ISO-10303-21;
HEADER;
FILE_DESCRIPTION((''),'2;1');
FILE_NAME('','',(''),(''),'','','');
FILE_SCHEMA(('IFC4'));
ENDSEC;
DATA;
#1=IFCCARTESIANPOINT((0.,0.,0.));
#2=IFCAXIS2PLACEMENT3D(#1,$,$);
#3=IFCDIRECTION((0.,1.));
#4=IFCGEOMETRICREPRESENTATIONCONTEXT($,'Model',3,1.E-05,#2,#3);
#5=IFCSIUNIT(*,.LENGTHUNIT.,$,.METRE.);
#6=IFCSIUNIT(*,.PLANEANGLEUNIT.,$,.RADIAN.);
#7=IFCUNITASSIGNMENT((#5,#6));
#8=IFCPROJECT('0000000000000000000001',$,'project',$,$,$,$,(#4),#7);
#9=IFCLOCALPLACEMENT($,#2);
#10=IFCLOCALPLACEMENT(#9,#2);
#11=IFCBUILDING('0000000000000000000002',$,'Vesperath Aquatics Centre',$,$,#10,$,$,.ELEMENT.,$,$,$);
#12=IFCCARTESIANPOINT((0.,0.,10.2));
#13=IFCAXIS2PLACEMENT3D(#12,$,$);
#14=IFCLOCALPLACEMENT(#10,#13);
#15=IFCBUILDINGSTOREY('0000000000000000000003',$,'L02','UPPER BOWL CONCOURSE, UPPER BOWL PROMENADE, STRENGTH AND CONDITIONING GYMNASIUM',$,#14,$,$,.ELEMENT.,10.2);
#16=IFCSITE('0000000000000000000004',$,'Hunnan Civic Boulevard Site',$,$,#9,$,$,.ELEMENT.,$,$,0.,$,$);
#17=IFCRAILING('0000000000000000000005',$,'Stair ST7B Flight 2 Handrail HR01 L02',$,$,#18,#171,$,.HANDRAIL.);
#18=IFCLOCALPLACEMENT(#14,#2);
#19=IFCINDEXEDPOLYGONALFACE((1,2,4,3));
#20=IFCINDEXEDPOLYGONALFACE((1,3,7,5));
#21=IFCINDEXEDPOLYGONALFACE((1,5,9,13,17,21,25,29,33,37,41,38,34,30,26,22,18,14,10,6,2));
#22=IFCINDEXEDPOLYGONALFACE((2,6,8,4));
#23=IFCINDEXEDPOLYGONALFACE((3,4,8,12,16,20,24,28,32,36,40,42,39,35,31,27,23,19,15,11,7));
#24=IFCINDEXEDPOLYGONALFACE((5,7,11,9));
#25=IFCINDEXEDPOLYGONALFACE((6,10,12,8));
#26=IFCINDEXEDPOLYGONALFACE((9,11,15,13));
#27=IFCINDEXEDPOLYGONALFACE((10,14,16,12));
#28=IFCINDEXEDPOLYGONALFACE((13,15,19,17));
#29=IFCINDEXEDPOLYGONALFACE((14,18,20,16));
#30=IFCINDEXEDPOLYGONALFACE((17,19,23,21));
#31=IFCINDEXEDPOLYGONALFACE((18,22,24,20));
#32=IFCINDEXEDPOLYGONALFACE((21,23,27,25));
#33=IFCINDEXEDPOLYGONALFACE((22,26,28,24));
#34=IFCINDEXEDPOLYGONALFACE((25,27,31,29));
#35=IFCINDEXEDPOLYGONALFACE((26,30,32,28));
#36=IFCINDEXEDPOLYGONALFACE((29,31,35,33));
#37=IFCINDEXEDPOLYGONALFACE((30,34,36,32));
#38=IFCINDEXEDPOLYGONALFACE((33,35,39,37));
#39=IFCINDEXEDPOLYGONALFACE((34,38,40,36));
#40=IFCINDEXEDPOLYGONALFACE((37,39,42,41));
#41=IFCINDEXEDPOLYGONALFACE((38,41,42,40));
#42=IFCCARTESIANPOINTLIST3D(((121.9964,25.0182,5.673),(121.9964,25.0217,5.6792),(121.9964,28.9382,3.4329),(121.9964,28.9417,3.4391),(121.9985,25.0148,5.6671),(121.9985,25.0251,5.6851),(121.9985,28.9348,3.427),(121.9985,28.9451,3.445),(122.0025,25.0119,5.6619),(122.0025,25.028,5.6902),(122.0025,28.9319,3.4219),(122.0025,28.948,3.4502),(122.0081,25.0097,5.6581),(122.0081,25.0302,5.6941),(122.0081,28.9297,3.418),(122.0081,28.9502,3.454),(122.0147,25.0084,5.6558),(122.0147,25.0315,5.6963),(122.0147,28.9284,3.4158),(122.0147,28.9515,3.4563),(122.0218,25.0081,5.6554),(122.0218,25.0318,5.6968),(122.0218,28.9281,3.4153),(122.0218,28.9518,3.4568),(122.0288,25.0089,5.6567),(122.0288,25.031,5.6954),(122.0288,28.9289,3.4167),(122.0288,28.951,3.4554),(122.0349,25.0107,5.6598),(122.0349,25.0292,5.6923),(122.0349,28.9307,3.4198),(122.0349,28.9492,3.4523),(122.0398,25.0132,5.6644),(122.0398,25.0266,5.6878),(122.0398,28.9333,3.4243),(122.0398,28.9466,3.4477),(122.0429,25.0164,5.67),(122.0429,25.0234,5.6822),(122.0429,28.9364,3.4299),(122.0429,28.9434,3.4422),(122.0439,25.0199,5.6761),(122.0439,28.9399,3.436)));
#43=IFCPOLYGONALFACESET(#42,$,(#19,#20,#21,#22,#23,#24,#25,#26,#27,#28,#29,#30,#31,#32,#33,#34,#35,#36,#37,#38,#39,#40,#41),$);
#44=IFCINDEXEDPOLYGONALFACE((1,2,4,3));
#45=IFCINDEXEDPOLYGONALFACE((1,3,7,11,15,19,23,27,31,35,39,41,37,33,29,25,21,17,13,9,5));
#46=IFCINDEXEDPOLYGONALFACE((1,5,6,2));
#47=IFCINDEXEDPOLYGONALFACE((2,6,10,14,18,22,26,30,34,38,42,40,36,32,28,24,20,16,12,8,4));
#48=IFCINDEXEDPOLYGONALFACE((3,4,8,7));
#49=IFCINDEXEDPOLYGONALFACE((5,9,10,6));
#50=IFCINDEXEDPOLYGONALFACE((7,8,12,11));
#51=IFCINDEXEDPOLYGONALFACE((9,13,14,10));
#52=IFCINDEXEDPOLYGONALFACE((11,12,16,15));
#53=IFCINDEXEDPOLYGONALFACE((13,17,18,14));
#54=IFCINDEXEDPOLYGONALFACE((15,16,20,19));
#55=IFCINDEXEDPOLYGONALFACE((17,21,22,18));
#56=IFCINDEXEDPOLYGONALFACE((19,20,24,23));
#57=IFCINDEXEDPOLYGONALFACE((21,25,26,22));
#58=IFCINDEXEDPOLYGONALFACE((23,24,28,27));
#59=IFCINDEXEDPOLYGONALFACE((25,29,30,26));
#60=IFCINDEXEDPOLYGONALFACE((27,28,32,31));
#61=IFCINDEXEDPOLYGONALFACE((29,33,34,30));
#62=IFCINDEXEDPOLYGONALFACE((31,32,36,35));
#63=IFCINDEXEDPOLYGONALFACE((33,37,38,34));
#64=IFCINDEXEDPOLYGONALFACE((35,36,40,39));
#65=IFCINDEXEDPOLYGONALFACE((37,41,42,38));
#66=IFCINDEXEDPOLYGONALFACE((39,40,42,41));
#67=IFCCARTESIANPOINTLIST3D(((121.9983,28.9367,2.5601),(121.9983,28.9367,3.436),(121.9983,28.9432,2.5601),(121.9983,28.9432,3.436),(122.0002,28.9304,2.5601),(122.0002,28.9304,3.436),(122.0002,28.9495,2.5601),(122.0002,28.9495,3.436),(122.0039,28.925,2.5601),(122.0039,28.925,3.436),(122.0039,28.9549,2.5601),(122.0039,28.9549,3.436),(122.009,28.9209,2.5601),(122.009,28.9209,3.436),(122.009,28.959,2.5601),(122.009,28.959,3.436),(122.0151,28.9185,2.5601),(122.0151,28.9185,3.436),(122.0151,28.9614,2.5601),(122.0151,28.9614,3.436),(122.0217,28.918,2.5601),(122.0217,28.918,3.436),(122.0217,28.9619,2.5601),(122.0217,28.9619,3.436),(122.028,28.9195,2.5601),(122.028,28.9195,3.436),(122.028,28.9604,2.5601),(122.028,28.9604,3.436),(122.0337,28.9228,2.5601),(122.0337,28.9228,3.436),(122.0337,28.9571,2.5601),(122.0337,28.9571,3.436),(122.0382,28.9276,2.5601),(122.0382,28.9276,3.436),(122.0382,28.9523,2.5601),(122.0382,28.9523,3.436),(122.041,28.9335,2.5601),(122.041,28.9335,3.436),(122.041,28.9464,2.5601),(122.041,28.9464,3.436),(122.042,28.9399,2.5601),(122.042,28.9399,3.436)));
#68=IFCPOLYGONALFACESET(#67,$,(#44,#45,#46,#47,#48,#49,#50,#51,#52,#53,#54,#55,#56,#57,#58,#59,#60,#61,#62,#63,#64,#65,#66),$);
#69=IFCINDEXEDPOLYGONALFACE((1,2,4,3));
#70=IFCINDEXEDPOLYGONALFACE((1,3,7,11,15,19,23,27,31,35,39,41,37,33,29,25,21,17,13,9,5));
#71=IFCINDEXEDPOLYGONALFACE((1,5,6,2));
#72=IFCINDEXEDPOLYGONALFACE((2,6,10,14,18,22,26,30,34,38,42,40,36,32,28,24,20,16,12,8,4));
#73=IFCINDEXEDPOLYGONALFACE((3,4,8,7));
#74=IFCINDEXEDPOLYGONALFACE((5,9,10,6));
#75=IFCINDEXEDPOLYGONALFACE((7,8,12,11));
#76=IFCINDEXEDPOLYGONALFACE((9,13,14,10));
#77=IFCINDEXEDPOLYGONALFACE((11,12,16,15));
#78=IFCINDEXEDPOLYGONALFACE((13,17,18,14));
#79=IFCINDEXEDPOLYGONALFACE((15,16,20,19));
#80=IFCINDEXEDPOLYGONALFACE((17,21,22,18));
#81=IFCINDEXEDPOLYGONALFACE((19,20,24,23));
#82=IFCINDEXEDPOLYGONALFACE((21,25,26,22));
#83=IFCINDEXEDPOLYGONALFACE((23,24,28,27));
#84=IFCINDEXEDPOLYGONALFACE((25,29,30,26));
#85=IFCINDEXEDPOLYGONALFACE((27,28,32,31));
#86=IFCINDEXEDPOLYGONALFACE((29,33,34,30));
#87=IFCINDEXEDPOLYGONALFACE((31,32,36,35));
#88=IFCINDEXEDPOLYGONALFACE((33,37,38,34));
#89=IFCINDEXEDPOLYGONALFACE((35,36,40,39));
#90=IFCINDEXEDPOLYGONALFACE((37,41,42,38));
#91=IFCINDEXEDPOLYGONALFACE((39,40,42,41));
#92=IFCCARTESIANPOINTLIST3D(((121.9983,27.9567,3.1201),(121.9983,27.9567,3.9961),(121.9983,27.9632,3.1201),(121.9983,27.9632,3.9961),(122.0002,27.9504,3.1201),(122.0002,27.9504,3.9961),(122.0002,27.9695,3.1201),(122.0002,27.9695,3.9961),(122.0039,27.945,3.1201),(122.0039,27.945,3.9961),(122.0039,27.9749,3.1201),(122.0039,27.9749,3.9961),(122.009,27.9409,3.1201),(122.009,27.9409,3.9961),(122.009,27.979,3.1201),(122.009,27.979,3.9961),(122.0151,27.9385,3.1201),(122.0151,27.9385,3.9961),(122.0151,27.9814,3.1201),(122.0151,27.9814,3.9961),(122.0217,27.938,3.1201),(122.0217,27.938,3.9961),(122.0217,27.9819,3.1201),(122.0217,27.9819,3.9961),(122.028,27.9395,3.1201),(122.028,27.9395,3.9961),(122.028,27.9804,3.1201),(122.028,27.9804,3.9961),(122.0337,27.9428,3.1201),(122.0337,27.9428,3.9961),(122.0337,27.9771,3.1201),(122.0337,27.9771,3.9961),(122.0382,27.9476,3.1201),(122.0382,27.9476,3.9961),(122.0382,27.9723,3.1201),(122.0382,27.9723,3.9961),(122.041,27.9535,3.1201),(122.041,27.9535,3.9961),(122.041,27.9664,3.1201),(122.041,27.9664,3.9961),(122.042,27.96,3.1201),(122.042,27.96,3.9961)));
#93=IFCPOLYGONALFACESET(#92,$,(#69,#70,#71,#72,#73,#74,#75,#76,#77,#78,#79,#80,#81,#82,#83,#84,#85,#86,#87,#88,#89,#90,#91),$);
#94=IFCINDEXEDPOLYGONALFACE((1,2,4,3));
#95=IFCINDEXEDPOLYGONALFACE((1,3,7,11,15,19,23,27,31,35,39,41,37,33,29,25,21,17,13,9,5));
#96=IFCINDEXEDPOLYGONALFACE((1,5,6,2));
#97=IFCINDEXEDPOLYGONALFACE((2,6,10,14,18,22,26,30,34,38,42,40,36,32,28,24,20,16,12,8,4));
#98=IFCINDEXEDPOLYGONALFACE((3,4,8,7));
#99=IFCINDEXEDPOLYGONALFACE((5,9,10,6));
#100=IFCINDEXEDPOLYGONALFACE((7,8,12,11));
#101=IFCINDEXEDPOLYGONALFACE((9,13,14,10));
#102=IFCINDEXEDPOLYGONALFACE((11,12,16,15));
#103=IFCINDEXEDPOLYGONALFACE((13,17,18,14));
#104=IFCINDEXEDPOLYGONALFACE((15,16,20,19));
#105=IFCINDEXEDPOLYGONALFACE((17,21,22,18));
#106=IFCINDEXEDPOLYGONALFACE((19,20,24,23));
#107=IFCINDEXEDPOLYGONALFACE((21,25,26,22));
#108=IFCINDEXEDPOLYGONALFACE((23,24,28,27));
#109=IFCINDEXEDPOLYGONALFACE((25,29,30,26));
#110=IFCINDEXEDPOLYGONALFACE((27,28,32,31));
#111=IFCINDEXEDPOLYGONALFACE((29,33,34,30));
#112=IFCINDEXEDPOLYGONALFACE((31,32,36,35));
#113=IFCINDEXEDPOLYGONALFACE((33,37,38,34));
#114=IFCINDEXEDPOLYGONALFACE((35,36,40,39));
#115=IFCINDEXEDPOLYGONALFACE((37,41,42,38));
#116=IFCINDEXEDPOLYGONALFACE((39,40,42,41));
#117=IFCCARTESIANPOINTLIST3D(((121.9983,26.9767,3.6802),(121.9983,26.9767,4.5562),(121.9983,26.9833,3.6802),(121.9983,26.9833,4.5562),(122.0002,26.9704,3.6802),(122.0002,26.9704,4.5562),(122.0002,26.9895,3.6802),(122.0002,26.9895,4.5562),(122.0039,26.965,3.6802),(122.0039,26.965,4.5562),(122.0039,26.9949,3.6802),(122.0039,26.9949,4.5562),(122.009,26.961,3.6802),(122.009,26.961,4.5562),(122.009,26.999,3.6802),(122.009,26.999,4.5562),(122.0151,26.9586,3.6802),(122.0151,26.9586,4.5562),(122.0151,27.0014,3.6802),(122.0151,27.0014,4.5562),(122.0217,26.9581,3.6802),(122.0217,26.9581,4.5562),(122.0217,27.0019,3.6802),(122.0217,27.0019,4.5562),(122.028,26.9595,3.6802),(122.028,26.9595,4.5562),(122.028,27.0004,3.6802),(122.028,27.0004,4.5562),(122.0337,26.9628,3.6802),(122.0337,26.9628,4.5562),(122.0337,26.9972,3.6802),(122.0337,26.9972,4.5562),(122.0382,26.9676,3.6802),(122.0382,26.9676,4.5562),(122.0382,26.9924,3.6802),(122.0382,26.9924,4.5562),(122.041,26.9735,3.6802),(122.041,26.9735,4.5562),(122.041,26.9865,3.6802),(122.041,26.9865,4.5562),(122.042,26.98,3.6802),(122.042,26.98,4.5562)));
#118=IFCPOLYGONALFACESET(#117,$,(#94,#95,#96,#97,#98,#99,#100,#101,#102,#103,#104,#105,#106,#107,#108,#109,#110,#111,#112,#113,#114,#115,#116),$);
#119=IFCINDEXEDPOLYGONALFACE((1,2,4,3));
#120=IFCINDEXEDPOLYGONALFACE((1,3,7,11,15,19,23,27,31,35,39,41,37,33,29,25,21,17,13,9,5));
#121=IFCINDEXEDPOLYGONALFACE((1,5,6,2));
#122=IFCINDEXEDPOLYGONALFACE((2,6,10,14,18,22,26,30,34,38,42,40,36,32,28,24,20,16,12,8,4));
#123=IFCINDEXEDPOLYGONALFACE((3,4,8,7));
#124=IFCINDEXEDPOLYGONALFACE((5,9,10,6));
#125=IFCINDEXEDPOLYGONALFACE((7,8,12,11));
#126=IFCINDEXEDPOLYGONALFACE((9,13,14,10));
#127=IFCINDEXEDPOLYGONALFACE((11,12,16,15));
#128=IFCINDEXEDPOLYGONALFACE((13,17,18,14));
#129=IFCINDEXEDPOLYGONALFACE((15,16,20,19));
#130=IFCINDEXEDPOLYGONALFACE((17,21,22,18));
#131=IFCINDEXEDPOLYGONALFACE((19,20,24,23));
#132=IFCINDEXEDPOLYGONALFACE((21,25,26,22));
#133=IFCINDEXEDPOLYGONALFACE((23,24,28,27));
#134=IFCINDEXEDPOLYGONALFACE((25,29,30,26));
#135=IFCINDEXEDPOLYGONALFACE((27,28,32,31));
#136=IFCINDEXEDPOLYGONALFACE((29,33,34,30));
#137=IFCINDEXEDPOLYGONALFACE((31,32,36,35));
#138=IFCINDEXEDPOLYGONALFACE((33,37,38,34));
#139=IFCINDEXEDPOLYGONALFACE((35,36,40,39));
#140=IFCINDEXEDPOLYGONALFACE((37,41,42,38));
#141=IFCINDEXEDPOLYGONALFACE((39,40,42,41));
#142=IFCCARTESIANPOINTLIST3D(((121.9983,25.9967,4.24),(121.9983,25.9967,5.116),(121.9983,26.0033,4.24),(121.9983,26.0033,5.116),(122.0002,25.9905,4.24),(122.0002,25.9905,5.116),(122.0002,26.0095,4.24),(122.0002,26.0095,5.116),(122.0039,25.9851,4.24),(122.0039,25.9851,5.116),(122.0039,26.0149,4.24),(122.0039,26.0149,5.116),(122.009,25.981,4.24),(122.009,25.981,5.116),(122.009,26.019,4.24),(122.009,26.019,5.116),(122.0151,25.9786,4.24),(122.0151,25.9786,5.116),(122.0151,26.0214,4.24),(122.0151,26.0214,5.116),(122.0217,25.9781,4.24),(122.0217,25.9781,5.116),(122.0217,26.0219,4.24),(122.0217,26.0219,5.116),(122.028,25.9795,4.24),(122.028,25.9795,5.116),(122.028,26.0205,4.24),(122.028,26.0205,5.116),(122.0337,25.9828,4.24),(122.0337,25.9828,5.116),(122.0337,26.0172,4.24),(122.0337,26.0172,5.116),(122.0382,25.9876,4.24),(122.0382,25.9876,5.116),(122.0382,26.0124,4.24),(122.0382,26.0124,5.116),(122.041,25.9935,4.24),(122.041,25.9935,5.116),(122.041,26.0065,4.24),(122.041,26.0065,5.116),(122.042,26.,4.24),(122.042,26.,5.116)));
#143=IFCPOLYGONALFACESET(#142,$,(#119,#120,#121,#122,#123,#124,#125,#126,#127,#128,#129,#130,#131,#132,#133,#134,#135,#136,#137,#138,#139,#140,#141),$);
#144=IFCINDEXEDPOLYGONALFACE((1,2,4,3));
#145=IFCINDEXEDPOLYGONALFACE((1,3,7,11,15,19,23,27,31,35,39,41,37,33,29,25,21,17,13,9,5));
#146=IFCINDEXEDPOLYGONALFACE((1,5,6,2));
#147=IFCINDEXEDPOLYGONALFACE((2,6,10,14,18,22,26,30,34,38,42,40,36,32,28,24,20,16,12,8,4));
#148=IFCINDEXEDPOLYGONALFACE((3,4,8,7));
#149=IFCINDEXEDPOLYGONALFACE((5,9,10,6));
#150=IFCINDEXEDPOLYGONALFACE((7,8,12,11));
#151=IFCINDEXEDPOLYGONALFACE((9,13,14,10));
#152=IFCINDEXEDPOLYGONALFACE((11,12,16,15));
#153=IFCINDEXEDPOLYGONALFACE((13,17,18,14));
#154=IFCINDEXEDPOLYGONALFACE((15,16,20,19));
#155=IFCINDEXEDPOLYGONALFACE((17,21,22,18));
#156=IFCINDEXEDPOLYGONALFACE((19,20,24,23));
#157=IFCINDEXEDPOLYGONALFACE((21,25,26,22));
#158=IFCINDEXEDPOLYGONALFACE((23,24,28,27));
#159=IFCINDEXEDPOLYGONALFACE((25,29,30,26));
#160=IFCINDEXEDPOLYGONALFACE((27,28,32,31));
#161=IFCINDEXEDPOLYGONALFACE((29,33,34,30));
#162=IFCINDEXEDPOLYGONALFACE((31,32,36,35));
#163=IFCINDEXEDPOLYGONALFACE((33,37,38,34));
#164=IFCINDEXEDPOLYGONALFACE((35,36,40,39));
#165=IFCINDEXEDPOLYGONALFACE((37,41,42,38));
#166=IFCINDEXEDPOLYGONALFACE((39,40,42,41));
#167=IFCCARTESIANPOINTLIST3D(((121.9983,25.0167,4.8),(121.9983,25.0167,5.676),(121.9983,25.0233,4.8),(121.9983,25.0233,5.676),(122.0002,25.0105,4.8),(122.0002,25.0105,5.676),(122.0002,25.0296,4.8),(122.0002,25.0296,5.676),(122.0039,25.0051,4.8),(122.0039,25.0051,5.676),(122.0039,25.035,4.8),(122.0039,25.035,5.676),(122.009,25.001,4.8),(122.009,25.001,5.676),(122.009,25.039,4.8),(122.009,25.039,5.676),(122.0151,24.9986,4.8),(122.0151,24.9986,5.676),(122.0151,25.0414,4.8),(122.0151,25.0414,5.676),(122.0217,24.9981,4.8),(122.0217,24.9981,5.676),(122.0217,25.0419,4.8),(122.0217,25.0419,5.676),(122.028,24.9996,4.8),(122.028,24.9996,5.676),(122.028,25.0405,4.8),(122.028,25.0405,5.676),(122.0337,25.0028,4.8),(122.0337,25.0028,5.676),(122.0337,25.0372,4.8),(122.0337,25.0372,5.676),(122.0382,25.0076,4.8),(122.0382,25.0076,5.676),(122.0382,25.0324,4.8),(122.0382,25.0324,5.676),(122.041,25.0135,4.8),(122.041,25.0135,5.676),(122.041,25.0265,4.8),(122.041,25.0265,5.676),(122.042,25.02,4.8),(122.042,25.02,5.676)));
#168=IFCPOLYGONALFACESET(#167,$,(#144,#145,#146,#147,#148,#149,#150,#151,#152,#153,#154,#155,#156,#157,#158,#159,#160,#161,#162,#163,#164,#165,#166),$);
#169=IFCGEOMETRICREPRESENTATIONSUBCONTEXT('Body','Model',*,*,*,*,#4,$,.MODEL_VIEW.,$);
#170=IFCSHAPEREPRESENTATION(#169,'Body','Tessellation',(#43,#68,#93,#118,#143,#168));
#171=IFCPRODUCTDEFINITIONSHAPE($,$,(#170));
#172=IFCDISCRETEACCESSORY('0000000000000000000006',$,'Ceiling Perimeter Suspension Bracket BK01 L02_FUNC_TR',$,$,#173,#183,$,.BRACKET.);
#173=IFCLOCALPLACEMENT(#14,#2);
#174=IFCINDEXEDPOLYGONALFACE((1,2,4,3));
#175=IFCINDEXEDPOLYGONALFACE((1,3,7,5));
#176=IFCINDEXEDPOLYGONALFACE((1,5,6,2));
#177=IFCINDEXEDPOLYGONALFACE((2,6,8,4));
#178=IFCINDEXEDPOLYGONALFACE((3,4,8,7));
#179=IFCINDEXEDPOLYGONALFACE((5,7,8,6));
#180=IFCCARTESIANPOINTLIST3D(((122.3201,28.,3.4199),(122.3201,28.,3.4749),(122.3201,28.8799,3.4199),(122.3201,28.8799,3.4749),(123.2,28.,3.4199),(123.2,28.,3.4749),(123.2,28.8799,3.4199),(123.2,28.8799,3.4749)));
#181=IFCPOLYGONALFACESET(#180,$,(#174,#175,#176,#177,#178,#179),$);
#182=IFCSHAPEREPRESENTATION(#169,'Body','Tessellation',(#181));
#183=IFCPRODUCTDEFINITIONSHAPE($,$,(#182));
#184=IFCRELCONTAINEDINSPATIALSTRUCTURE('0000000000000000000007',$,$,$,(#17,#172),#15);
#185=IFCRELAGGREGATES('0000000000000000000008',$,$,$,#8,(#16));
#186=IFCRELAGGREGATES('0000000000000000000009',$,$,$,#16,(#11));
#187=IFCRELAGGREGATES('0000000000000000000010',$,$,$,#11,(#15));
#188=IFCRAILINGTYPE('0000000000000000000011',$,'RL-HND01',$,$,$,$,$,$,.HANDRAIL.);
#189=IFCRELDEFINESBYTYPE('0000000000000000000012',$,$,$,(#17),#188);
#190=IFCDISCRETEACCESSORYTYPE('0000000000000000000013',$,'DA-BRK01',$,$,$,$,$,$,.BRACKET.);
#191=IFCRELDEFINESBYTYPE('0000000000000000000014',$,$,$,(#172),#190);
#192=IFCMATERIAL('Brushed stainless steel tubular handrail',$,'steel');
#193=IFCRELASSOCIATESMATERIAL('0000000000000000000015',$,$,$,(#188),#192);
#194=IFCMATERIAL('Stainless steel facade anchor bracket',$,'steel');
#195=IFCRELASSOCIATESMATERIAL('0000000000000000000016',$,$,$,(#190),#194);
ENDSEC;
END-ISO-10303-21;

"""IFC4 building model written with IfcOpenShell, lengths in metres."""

from ifc_helpers import new_model, si_unit, direction, frame, origin, origin_2d, place, context, subcontext, project, spatial, rectangle, circle, extrude, material, type_object, element, save


model = new_model("IFC4")

# Units and contexts
model_context = context("Model", 3, precision=1e-05, world=origin(), true_north=direction((0.0, 1.0)))
body_context = subcontext(model_context, "Body", "Model", "MODEL_VIEW")
ifc_project = project(units=[si_unit("LENGTHUNIT", "METRE"), si_unit("PLANEANGLEUNIT", "RADIAN")], contexts=[model_context])

# Site, building, storey
site_placement = place(None, origin())
site = spatial("IfcSite", under=ifc_project, at=site_placement, Name="Hunnan Civic Boulevard Site", CompositionType="ELEMENT", RefElevation=0.0)
building_placement = place(site_placement, origin())
building = spatial("IfcBuilding", under=site, at=building_placement, Name="Vesperath Aquatics Centre", CompositionType="ELEMENT")
storey_placement = place(building_placement, frame((0.0, 0.0, 10.2)))
storey = spatial("IfcBuildingStorey", under=building, at=storey_placement, Name="L02", Description="UPPER BOWL CONCOURSE, UPPER BOWL PROMENADE, STRENGTH AND CONDITIONING GYMNASIUM", CompositionType="ELEMENT", Elevation=10.2)

# Railing
ifc_material_1 = material(Name="Brushed stainless steel tubular handrail", Category="steel")
railing_type_1 = type_object("IfcRailingType", Name="RL-HND01", PredefinedType="HANDRAIL", material=ifc_material_1)
for number, where, name in (
    (1, (122.02, 28.9399, 2.5601), "Stair ST7B Flight 2 Handrail HR01 L02"),
):
    element("IfcRailing", number, at=place(storey_placement, frame(where)), inside=storey, type_object=railing_type_1, Name=name, PredefinedType="HANDRAIL", context=body_context, shape_type="SweptSolid", body=[
        extrude(circle(Radius=0.0239, at=origin_2d()), frame((0.0, 0.0, 0.876), z_axis=(0.0, -0.86824, 0.496145), x_axis=(1.0, 0.0, 0.0)), (0.0, 0.0, 1.0), 4.5149),
        extrude(circle(Radius=0.022, at=origin_2d()), origin(), (0.0, 0.0, 1.0), 0.876),
        extrude(circle(Radius=0.022, at=origin_2d()), frame((0.0, -0.98, 0.5601)), (0.0, 0.0, 1.0), 0.876),
        extrude(circle(Radius=0.022, at=origin_2d()), frame((0.0, -1.96, 1.1201)), (0.0, 0.0, 1.0), 0.876),
        extrude(circle(Radius=0.022, at=origin_2d()), frame((0.0, -2.9399, 1.6799)), (0.0, 0.0, 1.0), 0.876),
        extrude(circle(Radius=0.022, at=origin_2d()), frame((0.0, -3.9199, 2.24)), (0.0, 0.0, 1.0), 0.876),
    ])

# Discrete accessory
ifc_material_2 = material(Name="Stainless steel facade anchor bracket", Category="steel")
discrete_accessory_type = type_object("IfcDiscreteAccessoryType", Name="DA-BRK01", PredefinedType="BRACKET", material=ifc_material_2)
discrete_accessory_placement = place(storey_placement, frame((122.76, 28.4399, 3.4199), z_axis=(0.0, 0.0, 1.0), x_axis=(1.0, 0.0, 0.0)))
element("IfcDiscreteAccessory", 2, at=discrete_accessory_placement, inside=storey, type_object=discrete_accessory_type, Name="Ceiling Perimeter Suspension Bracket BK01 L02_FUNC_TR", PredefinedType="BRACKET", context=body_context, shape_type="SweptSolid", body=[
    extrude(rectangle(XDim=0.8799, YDim=0.8799, at=origin_2d()), origin(), (0.0, 0.0, 1.0), 0.0549),
])

save(model, "model.ifc")
